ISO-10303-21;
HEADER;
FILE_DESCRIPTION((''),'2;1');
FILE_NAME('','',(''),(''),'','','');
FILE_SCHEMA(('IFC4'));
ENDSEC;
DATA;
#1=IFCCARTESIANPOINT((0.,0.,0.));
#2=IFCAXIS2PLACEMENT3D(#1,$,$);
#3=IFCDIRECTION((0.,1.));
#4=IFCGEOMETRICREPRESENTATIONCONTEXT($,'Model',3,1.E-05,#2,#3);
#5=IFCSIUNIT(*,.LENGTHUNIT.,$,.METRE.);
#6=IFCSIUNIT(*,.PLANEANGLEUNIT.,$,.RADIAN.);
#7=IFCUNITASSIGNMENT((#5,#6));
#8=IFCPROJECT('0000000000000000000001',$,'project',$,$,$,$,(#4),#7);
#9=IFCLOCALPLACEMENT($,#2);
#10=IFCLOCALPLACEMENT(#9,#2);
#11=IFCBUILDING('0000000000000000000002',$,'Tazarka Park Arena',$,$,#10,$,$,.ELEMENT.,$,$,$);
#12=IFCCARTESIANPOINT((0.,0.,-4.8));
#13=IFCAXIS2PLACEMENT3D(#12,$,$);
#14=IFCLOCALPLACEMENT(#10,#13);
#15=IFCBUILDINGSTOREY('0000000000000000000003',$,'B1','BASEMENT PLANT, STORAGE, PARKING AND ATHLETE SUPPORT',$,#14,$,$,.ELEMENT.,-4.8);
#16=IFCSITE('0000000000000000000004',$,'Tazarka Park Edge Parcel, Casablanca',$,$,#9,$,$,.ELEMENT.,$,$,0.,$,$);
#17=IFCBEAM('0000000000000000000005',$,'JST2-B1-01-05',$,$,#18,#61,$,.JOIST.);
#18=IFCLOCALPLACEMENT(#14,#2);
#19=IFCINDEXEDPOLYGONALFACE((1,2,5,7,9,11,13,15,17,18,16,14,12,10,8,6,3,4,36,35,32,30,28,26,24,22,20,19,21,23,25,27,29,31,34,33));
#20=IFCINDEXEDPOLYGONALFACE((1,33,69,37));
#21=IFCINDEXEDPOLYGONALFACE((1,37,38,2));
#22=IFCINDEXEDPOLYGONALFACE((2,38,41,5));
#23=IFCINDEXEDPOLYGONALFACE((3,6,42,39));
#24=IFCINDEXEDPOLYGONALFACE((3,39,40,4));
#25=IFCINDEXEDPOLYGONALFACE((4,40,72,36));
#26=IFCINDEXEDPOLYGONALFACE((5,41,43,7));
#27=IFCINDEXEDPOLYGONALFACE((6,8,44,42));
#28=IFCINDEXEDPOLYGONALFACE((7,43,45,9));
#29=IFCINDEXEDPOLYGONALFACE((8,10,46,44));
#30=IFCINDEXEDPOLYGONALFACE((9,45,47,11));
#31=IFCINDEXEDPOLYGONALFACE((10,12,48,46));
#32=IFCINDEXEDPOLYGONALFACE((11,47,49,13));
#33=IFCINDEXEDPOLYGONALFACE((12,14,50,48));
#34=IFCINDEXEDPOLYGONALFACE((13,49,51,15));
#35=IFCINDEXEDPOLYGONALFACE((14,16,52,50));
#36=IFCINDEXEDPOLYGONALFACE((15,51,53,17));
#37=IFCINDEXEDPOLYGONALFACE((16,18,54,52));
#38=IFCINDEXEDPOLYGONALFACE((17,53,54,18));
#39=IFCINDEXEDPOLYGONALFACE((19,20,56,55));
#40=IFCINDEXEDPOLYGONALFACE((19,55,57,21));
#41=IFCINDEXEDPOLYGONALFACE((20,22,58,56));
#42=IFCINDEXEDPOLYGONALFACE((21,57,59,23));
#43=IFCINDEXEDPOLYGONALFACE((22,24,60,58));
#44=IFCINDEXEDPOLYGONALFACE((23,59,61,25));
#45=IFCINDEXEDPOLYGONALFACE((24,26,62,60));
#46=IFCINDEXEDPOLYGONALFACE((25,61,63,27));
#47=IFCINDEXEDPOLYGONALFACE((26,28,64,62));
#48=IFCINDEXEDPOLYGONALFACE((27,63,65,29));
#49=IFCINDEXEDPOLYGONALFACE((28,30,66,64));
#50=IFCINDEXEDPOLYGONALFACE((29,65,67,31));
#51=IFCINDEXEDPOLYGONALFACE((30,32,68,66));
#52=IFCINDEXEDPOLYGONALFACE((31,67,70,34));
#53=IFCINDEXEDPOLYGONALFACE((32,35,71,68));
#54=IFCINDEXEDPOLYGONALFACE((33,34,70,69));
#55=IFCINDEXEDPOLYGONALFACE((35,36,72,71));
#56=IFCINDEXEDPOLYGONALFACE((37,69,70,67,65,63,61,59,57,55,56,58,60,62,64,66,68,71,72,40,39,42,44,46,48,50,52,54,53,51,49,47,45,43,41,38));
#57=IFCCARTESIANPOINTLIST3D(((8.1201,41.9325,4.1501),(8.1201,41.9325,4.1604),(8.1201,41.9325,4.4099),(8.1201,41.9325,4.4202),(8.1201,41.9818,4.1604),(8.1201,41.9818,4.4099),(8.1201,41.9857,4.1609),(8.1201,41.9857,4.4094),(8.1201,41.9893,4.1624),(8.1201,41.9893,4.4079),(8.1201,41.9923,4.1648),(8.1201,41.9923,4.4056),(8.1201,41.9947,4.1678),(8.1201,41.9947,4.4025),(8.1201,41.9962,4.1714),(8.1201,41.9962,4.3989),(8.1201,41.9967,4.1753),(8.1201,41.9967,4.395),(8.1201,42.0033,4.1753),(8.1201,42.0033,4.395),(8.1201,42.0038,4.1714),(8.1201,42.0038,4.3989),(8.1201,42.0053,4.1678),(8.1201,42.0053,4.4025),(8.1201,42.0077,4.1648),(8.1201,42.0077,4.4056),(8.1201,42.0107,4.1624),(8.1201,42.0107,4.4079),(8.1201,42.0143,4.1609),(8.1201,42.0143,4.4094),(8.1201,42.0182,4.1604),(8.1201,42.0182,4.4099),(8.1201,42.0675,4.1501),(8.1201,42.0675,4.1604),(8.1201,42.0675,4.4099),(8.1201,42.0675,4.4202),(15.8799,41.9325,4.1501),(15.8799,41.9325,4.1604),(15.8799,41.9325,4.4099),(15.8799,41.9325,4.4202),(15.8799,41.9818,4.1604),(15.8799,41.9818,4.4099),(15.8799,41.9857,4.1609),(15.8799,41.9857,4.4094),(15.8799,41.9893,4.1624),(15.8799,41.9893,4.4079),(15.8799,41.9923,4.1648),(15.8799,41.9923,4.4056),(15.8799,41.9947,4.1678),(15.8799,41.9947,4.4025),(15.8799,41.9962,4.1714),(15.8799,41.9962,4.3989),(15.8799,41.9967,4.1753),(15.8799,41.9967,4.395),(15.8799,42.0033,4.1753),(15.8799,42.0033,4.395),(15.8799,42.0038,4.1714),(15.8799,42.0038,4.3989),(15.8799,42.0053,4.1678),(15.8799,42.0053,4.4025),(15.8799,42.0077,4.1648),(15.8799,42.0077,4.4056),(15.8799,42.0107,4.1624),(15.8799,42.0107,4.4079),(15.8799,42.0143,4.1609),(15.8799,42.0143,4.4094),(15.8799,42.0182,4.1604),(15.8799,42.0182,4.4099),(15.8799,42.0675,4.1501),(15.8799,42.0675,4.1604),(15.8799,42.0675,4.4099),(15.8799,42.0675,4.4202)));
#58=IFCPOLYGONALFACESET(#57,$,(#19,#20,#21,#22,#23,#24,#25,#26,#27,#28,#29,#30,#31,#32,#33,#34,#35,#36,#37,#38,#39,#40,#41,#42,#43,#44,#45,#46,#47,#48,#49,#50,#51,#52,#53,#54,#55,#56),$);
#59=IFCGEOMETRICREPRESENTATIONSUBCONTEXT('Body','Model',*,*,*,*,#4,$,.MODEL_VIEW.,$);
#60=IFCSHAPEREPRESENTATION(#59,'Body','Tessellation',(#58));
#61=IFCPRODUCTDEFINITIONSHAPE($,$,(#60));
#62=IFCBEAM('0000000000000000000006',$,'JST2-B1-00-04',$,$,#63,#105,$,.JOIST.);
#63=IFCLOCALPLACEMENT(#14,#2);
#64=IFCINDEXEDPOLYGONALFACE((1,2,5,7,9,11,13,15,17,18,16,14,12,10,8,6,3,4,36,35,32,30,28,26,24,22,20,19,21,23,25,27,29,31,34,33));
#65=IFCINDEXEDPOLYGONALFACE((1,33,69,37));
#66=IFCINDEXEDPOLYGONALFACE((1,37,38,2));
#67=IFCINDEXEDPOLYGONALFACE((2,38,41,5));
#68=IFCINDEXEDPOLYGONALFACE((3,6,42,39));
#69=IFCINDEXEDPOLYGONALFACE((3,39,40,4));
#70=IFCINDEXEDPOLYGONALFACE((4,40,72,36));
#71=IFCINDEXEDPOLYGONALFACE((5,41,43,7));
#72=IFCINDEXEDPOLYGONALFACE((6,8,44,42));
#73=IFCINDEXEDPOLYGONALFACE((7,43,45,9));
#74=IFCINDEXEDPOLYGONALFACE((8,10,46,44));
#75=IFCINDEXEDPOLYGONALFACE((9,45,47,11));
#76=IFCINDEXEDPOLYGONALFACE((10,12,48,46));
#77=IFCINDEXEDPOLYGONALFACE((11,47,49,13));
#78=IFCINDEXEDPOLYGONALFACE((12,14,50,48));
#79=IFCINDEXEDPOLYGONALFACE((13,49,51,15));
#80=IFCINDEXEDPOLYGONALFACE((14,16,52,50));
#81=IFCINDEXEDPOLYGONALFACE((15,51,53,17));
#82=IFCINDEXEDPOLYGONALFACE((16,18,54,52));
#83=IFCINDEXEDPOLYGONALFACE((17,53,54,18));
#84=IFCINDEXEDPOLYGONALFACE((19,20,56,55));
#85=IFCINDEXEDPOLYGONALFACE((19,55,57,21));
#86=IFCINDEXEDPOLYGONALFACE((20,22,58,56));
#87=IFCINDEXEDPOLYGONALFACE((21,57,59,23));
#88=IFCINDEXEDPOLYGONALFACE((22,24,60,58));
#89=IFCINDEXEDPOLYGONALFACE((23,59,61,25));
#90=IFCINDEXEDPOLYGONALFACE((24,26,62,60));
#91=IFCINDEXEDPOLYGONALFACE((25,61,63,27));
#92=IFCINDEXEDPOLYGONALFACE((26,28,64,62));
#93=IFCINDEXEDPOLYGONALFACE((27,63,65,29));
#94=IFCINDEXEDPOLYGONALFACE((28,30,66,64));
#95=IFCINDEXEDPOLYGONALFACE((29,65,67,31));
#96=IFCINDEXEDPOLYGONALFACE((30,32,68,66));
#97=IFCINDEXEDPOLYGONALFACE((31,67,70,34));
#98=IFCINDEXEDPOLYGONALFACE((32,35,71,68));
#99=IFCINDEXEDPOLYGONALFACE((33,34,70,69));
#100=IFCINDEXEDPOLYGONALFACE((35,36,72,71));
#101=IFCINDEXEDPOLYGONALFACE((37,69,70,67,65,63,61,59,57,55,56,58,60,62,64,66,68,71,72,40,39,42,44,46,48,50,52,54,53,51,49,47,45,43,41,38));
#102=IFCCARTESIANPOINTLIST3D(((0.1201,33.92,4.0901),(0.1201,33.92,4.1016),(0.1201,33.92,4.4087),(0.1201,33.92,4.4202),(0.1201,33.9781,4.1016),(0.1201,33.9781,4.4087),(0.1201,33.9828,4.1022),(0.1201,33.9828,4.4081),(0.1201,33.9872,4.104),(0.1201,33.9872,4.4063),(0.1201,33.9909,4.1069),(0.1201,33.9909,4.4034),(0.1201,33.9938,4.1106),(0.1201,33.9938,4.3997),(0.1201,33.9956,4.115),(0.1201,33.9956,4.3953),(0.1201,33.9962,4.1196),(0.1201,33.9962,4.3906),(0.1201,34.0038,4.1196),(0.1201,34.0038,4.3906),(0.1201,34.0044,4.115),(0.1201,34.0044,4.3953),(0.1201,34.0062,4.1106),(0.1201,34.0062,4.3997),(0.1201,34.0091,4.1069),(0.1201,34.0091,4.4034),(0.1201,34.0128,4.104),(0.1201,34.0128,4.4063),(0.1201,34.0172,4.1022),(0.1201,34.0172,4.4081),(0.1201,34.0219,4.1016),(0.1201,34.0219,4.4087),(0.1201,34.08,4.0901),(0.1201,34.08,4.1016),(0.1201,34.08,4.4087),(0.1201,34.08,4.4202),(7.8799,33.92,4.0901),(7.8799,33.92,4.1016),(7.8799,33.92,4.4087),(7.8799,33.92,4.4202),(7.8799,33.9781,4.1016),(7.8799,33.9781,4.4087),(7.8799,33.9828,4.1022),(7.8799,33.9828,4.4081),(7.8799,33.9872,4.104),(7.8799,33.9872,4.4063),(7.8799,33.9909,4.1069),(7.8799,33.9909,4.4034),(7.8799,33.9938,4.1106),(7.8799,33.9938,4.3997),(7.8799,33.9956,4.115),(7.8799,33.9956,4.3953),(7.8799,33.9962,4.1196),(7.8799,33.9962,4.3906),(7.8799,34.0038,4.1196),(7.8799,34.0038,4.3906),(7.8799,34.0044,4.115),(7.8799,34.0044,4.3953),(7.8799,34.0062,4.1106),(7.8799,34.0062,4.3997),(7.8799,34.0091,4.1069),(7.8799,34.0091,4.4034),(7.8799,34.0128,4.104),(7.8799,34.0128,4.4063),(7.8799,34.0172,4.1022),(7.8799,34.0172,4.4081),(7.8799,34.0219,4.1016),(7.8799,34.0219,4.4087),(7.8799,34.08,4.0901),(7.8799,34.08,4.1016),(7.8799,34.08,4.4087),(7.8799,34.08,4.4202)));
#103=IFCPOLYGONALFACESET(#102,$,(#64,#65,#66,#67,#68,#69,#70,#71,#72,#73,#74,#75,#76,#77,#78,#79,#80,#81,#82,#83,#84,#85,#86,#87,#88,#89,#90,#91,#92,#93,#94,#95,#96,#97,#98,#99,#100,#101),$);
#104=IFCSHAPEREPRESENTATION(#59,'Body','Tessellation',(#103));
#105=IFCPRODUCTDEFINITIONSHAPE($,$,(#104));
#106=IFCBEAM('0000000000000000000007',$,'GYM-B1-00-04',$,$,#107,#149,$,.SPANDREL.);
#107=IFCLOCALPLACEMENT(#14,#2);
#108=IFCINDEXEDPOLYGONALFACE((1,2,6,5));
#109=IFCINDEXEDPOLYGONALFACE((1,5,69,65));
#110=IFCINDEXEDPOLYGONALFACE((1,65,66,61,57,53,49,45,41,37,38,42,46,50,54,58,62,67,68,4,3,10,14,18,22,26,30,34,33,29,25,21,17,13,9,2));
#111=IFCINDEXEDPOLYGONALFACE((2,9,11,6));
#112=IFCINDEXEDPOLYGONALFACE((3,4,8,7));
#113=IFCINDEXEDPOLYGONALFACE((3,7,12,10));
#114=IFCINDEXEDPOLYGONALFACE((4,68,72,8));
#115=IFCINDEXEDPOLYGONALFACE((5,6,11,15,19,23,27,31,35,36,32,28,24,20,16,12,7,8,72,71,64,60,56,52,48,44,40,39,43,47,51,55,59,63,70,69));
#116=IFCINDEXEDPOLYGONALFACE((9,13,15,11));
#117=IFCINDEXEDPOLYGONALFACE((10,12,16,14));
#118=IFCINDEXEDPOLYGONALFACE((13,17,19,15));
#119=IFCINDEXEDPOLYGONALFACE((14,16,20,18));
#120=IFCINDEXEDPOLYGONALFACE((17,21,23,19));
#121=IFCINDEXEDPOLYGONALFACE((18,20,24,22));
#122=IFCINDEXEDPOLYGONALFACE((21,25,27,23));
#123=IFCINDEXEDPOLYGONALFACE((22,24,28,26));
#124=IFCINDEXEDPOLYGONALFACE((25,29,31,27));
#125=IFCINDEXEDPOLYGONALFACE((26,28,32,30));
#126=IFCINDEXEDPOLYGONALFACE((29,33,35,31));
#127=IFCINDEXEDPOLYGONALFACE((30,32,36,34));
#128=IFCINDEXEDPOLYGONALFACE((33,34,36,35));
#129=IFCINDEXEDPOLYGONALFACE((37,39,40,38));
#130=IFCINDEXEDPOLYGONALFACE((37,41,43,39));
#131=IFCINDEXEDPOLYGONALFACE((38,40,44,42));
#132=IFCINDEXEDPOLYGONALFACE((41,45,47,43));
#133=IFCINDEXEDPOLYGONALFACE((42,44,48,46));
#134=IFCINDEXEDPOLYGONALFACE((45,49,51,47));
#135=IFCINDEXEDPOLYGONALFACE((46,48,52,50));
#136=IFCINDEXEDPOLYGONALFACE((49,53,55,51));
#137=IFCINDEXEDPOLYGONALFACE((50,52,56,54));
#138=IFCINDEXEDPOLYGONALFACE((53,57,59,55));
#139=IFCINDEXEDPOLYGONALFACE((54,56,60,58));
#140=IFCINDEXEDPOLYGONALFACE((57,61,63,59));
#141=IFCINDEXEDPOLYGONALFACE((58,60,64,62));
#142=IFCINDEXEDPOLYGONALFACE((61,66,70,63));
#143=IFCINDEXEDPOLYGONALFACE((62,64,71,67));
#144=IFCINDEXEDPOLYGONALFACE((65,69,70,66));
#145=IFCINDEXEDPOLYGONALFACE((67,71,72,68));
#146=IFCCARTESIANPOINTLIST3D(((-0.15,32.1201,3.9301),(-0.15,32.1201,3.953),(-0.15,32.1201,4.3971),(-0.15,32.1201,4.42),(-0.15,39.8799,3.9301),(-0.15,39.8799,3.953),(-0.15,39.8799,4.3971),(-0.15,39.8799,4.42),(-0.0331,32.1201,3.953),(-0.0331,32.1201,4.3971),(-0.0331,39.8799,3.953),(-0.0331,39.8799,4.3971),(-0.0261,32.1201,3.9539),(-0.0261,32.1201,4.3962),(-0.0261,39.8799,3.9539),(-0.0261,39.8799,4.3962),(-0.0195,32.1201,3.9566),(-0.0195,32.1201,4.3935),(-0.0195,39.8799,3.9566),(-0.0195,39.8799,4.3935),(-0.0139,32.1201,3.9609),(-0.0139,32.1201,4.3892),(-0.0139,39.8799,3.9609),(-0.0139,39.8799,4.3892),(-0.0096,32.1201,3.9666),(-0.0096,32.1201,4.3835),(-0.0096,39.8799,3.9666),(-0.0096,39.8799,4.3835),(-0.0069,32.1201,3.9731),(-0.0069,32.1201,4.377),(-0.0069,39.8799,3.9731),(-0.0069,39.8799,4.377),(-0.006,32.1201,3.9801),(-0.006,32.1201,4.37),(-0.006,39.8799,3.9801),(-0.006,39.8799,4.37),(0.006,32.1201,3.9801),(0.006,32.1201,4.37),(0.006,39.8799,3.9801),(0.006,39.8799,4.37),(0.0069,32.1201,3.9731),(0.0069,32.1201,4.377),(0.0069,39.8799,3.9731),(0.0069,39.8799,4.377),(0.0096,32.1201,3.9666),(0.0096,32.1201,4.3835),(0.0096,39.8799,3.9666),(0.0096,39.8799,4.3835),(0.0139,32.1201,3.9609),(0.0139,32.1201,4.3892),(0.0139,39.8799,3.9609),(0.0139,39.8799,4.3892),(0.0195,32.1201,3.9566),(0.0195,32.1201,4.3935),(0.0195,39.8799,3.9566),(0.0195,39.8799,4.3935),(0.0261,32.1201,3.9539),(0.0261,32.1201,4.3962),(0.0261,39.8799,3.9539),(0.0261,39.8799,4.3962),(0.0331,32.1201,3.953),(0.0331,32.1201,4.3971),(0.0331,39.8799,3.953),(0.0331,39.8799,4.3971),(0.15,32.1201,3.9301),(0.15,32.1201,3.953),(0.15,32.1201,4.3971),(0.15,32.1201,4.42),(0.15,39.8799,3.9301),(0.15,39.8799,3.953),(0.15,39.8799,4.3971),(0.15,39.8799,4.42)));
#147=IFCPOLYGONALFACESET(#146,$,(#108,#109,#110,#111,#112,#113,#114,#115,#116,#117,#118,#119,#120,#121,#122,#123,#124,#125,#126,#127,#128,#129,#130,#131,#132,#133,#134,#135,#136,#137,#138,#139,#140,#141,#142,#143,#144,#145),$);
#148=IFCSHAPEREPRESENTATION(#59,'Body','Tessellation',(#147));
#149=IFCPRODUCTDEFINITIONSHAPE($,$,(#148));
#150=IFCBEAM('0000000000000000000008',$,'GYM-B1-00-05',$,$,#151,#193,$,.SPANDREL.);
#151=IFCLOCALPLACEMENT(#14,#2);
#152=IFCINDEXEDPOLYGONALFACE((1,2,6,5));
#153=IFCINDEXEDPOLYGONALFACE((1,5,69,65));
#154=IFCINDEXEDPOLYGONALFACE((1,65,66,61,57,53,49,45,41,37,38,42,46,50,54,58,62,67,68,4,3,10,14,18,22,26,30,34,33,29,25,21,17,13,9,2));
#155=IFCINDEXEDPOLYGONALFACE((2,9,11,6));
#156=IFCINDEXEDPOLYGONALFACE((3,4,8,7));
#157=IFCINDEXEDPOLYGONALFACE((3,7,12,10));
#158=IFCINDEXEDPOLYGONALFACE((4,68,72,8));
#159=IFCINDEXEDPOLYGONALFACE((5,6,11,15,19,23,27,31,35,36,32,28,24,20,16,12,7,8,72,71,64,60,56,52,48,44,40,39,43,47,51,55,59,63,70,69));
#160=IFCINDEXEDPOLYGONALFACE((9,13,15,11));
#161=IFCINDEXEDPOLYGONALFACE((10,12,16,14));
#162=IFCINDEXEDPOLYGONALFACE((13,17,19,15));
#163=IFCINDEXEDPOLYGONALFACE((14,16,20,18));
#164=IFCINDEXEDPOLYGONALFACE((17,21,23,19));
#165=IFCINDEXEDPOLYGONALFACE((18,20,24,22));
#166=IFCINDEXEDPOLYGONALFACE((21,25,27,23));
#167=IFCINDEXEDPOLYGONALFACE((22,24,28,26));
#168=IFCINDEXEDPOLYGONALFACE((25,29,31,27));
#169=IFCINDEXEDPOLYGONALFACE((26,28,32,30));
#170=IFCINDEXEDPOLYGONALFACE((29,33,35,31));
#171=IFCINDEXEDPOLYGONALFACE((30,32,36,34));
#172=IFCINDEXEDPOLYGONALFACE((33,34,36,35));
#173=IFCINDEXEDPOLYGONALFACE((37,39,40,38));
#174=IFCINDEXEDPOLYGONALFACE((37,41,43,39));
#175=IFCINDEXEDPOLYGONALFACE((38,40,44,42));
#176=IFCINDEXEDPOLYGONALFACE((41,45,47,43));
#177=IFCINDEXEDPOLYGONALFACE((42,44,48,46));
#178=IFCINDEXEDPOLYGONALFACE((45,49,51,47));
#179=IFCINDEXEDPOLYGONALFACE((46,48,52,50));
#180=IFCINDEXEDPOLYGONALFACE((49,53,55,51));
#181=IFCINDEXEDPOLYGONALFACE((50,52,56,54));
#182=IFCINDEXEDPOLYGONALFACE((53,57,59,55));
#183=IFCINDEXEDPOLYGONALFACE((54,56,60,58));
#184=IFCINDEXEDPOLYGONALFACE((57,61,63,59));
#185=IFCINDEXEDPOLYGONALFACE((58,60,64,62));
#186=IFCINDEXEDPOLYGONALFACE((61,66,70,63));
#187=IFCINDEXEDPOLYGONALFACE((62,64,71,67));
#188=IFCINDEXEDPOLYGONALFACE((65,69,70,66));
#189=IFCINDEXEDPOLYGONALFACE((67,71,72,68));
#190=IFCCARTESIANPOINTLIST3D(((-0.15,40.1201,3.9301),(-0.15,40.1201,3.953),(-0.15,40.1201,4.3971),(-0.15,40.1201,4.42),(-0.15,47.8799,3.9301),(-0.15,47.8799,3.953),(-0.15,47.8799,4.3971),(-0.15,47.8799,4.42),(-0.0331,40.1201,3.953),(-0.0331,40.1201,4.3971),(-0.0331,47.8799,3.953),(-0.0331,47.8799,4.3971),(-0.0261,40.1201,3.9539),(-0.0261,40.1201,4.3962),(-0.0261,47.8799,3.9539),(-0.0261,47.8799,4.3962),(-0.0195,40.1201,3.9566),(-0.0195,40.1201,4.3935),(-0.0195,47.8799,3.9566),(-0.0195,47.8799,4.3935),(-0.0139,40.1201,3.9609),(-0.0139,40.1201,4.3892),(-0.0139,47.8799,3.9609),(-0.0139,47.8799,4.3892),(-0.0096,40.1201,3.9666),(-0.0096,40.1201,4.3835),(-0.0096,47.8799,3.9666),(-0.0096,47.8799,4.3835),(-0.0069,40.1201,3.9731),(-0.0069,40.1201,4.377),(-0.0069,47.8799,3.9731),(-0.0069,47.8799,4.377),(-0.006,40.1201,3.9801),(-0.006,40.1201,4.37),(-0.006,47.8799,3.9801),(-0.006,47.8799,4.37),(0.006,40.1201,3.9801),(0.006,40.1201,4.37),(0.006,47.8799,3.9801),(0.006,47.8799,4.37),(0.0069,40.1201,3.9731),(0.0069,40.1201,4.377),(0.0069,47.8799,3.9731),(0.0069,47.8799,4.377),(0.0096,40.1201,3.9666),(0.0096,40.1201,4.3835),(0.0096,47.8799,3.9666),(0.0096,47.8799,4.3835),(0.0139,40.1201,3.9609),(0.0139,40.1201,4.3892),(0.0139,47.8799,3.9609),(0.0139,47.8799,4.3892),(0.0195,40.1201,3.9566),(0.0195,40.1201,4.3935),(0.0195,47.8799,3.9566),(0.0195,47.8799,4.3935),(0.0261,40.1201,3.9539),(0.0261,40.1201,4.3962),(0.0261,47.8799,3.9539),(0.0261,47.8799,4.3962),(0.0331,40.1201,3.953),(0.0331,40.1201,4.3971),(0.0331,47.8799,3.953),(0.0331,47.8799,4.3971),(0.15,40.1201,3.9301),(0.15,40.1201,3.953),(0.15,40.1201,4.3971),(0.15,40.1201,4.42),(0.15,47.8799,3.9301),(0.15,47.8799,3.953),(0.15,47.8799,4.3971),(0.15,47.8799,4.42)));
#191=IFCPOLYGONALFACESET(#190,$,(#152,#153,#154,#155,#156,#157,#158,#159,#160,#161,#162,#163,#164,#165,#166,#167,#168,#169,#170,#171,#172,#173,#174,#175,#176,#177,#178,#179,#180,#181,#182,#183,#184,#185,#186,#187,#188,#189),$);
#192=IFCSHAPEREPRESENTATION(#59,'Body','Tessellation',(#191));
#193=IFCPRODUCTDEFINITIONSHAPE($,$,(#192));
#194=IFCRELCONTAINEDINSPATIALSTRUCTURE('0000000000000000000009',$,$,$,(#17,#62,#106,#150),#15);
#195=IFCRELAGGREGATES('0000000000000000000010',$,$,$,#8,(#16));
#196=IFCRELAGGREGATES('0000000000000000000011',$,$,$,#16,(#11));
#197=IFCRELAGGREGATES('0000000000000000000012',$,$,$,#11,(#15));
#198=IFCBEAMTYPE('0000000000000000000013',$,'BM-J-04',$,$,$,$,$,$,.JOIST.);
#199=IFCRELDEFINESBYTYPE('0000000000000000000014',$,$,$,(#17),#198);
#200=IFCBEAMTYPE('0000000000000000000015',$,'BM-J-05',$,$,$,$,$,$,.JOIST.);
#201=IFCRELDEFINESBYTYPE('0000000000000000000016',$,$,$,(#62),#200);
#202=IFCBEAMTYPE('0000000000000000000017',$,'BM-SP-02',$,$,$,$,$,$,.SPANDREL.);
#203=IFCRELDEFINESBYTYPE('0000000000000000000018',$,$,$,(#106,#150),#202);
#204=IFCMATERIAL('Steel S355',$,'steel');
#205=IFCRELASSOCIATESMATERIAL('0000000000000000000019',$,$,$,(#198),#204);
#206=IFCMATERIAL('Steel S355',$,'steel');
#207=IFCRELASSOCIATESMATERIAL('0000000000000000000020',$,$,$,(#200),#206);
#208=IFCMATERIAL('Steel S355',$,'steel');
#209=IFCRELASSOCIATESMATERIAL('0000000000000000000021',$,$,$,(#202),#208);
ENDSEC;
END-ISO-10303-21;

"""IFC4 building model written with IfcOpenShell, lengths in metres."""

from ifc_helpers import new_model, si_unit, direction, frame, origin, origin_2d, place, context, subcontext, project, spatial, i_section, extrude, material, material_profile, profile_set, type_object, element, save


model = new_model("IFC4")

# Units and contexts
model_context = context("Model", 3, precision=1e-05, world=origin(), true_north=direction((0.0, 1.0)))
body_context = subcontext(model_context, "Body", "Model", "MODEL_VIEW")
ifc_project = project(units=[si_unit("LENGTHUNIT", "METRE"), si_unit("PLANEANGLEUNIT", "RADIAN")], contexts=[model_context])

# Site, building, storey
site_placement = place(None, origin())
site = spatial("IfcSite", under=ifc_project, at=site_placement, Name="Tazarka Park Edge Parcel, Casablanca", CompositionType="ELEMENT", RefElevation=0.0)
building_placement = place(site_placement, origin())
building = spatial("IfcBuilding", under=site, at=building_placement, Name="Tazarka Park Arena", CompositionType="ELEMENT")
storey_placement = place(building_placement, frame((0.0, 0.0, -4.8)))
storey = spatial("IfcBuildingStorey", under=building, at=storey_placement, Name="B1", Description="BASEMENT PLANT, STORAGE, PARKING AND ATHLETE SUPPORT", CompositionType="ELEMENT", Elevation=-4.8)

# Beams
ifc_material_1 = material(Name="Steel S355", Category="steel")
ifc_material_profile_1 = material_profile(ifc_material_1, i_section(OverallWidth=0.135, OverallDepth=0.27, WebThickness=0.0066, FlangeThickness=0.0103, FilletRadius=0.0149, at=origin_2d()), Name="Steel S355")
ifc_profile_set_1 = profile_set([ifc_material_profile_1], Name="Steel S355")
beam_type_1 = type_object("IfcBeamType", Name="BM-J-04", PredefinedType="JOIST", material=ifc_profile_set_1)
beam_1_placement = place(storey_placement, frame((8.1201, 42.0, 4.2852), z_axis=(1.0, 0.0, 0.0), x_axis=(0.0, 1.0, 0.0)))
element("IfcBeam", 1, at=beam_1_placement, inside=storey, type_object=beam_type_1, Name="JST2-B1-01-05", PredefinedType="JOIST", context=body_context, shape_type="SweptSolid", body=[
    extrude(i_section(OverallWidth=0.135, OverallDepth=0.27, WebThickness=0.0066, FlangeThickness=0.0103, FilletRadius=0.0149, at=origin_2d()), origin(), (0.0, 0.0, 1.0), 7.7598),
])
ifc_material_2 = material(Name="Steel S355", Category="steel")
ifc_material_profile_2 = material_profile(ifc_material_2, i_section(OverallWidth=0.1599, OverallDepth=0.3301, WebThickness=0.0076, FlangeThickness=0.0115, FilletRadius=0.0181, at=origin_2d()), Name="Steel S355")
ifc_profile_set_2 = profile_set([ifc_material_profile_2], Name="Steel S355")
beam_type_2 = type_object("IfcBeamType", Name="BM-J-05", PredefinedType="JOIST", material=ifc_profile_set_2)
beam_2_placement = place(storey_placement, frame((0.1201, 34.0, 4.2551), z_axis=(1.0, 0.0, 0.0), x_axis=(0.0, 1.0, 0.0)))
element("IfcBeam", 2, at=beam_2_placement, inside=storey, type_object=beam_type_2, Name="JST2-B1-00-04", PredefinedType="JOIST", context=body_context, shape_type="SweptSolid", body=[
    extrude(i_section(OverallWidth=0.1599, OverallDepth=0.3301, WebThickness=0.0076, FlangeThickness=0.0115, FilletRadius=0.0181, at=origin_2d()), origin(), (0.0, 0.0, 1.0), 7.7598),
])
ifc_material_3 = material(Name="Steel S355", Category="steel")
ifc_material_profile_3 = material_profile(ifc_material_3, i_section(OverallWidth=0.3, OverallDepth=0.49, WebThickness=0.012, FlangeThickness=0.0229, FilletRadius=0.0271, at=origin_2d()), Name="Steel S355")
ifc_profile_set_3 = profile_set([ifc_material_profile_3], Name="Steel S355")
beam_type_3 = type_object("IfcBeamType", Name="BM-SP-02", PredefinedType="SPANDREL", material=ifc_profile_set_3)
for number, where, z_axis, x_axis, name in (
    (3, (0.0, 32.1201, 4.175), (0.0, 1.0, 0.0), (-1.0, 0.0, 0.0), "GYM-B1-00-04"),
    (4, (0.0, 40.1201, 4.175), (0.0, 1.0, 0.0), (-1.0, 0.0, 0.0), "GYM-B1-00-05"),
):
    element("IfcBeam", number, at=place(storey_placement, frame(where, z_axis=z_axis, x_axis=x_axis)), inside=storey, type_object=beam_type_3, Name=name, PredefinedType="SPANDREL", context=body_context, shape_type="SweptSolid", body=[
        extrude(i_section(OverallWidth=0.3, OverallDepth=0.49, WebThickness=0.012, FlangeThickness=0.0229, FilletRadius=0.0271, at=origin_2d()), origin(), (0.0, 0.0, 1.0), 7.7598),
    ])

save(model, "model.ifc")
